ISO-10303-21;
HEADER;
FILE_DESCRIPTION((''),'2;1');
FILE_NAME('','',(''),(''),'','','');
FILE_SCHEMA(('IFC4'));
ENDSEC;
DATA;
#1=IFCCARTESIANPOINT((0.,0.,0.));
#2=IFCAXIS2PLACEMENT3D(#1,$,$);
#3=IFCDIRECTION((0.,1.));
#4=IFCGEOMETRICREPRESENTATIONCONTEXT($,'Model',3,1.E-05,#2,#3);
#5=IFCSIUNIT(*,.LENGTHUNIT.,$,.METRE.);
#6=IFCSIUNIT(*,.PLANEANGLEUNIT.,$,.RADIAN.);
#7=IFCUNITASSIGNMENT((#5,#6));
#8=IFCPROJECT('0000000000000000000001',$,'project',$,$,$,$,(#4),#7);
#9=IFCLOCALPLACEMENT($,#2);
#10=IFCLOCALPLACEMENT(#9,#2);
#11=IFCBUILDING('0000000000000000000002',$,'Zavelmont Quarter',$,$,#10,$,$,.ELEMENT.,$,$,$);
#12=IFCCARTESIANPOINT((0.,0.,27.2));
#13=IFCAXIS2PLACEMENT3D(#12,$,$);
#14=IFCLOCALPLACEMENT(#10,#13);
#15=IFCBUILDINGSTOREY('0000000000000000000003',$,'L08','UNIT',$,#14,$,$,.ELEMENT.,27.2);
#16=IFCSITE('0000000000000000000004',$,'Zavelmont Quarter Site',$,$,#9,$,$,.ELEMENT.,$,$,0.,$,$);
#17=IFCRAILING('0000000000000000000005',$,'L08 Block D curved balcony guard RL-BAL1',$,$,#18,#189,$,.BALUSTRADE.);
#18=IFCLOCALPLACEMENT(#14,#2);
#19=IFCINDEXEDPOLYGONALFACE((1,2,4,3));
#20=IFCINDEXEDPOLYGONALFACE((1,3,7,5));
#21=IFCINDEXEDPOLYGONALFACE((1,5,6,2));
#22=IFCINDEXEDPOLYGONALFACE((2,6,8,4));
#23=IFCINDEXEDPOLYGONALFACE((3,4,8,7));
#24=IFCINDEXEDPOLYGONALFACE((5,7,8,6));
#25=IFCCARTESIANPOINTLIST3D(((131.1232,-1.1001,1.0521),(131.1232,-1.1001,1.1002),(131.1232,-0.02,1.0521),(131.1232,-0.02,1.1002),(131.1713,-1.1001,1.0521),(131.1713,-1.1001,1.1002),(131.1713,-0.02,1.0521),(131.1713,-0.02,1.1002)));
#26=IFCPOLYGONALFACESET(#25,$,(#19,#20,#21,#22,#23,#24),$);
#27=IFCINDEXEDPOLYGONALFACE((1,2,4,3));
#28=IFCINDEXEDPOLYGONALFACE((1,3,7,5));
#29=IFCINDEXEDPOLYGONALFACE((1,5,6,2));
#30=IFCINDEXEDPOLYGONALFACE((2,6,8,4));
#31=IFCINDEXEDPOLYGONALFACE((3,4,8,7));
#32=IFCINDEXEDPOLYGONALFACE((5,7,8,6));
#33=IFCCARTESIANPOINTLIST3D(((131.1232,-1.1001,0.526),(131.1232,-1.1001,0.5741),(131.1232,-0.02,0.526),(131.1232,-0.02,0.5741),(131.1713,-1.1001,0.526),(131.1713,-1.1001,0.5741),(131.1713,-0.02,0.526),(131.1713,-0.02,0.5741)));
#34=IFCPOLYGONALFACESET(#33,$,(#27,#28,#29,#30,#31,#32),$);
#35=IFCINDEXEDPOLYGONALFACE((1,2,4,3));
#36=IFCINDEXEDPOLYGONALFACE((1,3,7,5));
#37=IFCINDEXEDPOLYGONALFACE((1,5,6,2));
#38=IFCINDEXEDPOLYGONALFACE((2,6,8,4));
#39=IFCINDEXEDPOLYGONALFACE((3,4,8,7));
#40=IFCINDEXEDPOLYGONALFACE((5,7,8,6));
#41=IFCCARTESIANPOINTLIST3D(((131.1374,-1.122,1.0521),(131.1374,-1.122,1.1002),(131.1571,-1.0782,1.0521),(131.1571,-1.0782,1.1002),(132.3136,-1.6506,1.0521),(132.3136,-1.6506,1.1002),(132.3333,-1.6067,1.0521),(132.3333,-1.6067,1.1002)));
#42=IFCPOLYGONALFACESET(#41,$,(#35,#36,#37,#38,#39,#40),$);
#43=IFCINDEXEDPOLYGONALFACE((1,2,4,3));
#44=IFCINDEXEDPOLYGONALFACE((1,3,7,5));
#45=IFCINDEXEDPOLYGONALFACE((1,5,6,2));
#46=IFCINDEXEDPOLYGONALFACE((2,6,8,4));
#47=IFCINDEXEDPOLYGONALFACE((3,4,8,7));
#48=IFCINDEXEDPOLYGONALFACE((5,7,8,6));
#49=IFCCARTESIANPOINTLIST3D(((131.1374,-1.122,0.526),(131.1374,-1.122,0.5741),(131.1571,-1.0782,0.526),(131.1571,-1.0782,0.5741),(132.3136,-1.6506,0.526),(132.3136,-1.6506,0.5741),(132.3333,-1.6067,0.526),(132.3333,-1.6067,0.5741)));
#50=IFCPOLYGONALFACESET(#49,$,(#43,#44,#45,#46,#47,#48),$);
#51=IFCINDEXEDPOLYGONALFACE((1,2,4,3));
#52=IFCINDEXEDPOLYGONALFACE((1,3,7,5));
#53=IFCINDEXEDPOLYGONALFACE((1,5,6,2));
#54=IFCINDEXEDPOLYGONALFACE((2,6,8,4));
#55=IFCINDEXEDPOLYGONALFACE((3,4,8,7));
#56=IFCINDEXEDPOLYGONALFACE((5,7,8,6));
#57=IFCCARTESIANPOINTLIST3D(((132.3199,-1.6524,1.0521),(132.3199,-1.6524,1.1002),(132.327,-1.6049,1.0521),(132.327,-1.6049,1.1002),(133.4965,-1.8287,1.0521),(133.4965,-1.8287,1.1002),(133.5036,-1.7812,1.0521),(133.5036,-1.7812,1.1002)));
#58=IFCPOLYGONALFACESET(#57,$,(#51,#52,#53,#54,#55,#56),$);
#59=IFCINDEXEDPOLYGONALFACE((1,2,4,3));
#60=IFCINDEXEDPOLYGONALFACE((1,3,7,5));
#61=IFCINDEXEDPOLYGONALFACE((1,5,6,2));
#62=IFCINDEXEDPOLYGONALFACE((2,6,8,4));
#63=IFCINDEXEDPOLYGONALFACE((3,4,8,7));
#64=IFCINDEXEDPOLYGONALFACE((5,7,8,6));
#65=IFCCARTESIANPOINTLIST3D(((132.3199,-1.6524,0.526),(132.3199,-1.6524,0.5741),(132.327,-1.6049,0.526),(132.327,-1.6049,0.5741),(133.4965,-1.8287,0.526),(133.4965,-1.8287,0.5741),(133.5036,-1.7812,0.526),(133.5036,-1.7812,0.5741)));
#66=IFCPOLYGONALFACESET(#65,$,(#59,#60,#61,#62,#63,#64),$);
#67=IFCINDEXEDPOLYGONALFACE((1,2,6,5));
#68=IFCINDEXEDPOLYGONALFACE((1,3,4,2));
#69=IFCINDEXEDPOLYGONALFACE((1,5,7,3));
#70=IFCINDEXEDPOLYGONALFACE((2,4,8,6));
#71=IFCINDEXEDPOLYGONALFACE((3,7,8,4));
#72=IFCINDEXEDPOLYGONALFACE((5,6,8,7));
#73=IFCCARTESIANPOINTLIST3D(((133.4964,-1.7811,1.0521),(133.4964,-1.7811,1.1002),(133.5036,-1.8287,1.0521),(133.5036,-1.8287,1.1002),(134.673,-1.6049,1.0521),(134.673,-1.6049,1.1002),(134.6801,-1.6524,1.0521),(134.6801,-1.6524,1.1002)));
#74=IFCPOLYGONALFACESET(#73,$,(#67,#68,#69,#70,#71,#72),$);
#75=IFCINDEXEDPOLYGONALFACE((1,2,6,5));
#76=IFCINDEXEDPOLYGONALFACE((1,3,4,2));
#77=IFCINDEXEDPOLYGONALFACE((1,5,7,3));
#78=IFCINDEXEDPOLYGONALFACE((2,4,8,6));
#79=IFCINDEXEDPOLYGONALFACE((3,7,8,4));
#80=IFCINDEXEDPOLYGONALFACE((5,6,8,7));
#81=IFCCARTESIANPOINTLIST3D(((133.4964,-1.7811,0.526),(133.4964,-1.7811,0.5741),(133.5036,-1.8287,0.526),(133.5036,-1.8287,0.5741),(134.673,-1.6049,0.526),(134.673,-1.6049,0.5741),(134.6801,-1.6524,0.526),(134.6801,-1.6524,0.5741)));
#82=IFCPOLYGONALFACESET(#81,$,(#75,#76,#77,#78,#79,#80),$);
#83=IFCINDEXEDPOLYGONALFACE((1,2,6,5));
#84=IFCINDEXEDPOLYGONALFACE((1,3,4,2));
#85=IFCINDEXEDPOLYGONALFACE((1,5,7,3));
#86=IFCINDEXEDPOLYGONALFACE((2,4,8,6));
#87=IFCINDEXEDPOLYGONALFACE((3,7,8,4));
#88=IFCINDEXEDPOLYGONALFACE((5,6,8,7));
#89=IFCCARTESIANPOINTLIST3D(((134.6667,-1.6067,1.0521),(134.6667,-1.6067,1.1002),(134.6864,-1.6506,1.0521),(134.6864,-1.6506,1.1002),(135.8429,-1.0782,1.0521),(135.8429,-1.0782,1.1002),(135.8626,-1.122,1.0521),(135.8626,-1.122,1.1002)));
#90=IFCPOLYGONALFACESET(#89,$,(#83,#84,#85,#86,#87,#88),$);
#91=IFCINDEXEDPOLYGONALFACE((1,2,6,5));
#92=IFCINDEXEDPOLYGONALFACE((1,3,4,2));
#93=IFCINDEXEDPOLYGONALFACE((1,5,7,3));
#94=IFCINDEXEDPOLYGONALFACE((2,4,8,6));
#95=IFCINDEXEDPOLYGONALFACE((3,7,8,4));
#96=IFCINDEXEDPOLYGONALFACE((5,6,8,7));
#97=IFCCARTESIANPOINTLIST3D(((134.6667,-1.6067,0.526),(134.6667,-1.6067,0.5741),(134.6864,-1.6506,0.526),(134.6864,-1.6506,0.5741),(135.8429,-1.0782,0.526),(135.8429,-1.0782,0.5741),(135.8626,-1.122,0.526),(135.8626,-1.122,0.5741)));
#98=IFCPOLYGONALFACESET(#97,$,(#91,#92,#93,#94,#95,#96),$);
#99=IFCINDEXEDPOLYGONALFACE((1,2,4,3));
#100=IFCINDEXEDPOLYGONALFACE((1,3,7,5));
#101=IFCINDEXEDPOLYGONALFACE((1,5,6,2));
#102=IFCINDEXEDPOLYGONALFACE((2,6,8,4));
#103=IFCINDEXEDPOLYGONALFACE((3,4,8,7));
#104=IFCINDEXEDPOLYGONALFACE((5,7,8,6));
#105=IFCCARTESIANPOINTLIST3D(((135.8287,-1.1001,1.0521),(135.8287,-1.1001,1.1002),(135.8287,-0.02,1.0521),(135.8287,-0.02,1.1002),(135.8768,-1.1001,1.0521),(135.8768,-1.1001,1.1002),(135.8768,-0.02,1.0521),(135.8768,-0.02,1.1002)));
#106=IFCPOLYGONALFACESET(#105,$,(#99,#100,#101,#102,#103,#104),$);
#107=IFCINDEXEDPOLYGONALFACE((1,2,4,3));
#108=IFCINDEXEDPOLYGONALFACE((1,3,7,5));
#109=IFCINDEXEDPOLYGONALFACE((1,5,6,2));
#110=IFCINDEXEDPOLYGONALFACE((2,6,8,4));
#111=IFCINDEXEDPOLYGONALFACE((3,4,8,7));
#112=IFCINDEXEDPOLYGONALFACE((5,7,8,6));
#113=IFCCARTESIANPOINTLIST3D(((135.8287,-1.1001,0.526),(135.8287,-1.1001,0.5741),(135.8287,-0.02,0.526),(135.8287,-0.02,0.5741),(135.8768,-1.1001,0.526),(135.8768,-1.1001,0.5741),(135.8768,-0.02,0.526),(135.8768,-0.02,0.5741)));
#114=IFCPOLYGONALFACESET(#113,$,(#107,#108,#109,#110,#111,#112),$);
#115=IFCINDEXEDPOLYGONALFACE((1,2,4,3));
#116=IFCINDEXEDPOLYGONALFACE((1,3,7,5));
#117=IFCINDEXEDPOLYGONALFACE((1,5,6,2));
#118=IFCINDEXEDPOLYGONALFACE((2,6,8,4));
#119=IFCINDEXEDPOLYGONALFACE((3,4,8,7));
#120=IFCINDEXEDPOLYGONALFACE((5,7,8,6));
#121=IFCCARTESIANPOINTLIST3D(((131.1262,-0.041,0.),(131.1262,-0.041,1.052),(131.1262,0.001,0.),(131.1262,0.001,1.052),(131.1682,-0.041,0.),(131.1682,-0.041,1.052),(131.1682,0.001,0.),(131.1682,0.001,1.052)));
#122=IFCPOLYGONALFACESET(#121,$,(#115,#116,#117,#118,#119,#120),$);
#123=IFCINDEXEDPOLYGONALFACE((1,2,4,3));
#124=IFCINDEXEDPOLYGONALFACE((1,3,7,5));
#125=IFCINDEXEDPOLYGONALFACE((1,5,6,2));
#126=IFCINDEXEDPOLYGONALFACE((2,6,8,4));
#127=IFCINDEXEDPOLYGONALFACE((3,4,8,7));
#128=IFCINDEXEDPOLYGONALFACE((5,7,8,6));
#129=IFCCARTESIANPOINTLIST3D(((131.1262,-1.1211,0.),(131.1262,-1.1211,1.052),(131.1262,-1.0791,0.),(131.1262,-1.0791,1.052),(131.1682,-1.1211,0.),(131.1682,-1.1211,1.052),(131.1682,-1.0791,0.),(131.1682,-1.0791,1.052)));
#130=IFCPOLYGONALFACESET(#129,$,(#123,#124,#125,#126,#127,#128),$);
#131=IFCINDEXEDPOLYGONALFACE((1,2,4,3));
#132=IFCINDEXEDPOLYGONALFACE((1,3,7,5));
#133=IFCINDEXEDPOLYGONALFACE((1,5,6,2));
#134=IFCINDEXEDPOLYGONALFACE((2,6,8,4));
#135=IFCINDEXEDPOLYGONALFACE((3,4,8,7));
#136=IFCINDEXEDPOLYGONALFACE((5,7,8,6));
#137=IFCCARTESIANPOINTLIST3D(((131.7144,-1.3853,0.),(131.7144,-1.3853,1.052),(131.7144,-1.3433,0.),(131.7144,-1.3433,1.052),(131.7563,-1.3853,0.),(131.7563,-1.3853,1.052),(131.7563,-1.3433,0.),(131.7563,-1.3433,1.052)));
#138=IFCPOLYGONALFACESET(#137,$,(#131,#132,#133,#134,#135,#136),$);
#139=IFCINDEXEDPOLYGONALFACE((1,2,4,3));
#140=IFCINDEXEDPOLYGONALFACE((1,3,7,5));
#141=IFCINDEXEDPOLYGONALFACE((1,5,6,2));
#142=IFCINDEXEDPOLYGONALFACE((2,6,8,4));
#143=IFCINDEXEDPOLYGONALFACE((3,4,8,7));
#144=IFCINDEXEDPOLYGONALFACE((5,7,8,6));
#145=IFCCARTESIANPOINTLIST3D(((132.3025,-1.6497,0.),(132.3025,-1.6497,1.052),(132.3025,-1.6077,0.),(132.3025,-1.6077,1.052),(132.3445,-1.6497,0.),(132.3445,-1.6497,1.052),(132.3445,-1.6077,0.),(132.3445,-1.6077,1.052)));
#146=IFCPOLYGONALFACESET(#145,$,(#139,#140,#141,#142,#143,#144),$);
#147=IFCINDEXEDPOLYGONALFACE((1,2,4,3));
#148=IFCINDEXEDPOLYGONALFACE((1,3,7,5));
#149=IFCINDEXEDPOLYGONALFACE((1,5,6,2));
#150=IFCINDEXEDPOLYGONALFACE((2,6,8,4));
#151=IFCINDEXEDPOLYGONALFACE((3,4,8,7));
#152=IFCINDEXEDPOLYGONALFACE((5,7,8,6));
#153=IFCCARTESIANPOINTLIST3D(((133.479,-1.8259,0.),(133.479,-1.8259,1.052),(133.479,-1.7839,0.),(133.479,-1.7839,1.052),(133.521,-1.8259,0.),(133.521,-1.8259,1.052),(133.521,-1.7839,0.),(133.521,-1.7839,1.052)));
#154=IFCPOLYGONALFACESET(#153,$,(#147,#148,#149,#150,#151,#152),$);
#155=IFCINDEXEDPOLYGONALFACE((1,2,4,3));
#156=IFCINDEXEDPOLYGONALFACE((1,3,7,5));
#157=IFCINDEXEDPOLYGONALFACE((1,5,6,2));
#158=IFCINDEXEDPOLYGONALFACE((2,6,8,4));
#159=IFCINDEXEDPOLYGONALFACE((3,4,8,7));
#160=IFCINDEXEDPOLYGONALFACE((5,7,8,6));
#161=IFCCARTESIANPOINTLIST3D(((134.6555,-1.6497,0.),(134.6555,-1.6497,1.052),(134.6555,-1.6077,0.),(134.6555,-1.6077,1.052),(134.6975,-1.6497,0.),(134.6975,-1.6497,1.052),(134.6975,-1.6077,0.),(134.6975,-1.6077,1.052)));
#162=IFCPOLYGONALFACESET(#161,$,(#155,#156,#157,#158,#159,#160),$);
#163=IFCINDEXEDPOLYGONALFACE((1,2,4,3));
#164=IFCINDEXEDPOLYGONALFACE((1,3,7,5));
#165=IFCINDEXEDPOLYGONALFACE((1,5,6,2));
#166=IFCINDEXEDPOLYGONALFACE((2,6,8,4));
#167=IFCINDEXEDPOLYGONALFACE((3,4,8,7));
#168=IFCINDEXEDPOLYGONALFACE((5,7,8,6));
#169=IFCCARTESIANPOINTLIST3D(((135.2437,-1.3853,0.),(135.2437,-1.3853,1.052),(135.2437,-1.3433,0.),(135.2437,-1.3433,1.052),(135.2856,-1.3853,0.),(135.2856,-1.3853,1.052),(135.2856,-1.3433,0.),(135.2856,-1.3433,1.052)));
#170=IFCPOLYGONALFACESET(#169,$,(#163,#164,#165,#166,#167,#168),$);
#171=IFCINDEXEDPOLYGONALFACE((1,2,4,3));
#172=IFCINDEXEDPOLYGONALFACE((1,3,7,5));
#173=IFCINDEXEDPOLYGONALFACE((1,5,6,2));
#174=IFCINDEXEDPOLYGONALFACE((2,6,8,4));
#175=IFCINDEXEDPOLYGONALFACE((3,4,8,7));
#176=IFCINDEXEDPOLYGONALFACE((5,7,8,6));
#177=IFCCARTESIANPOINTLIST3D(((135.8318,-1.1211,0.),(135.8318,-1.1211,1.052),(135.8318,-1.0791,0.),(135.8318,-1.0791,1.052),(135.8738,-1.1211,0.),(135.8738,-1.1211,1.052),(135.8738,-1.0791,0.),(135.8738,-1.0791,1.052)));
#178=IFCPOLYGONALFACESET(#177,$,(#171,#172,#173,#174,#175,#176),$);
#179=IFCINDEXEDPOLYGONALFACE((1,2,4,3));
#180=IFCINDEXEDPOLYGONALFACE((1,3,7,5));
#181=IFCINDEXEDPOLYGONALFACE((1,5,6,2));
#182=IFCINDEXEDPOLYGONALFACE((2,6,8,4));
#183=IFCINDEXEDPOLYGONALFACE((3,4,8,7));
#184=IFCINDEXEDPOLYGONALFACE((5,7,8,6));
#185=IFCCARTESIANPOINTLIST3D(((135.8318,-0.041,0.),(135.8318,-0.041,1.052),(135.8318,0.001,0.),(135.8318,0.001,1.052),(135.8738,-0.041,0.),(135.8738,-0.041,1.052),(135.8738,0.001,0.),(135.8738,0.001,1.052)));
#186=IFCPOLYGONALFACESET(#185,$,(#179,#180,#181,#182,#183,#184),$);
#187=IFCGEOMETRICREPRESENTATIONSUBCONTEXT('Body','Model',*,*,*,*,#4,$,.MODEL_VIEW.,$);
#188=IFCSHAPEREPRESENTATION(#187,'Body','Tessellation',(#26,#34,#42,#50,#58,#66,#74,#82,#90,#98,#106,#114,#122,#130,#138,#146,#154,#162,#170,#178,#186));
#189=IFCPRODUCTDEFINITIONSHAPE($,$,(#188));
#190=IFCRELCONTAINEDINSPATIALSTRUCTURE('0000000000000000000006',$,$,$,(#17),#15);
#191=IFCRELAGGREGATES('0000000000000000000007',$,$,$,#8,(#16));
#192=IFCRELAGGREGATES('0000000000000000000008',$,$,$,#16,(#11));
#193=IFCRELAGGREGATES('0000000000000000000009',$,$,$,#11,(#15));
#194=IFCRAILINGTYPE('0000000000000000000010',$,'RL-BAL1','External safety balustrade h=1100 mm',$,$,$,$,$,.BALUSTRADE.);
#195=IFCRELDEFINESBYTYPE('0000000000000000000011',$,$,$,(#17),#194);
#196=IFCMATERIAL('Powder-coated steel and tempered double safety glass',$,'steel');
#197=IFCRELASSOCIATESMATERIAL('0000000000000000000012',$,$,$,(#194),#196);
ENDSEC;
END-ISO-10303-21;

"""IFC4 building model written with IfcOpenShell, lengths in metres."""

from ifc_helpers import new_model, si_unit, direction, frame, origin, origin_2d, place, context, subcontext, project, spatial, rectangle, extrude, material, type_object, element, save


model = new_model("IFC4")

# Units and contexts
model_context = context("Model", 3, precision=1e-05, world=origin(), true_north=direction((0.0, 1.0)))
body_context = subcontext(model_context, "Body", "Model", "MODEL_VIEW")
ifc_project = project(units=[si_unit("LENGTHUNIT", "METRE"), si_unit("PLANEANGLEUNIT", "RADIAN")], contexts=[model_context])

# Site, building, storey
site_placement = place(None, origin())
site = spatial("IfcSite", under=ifc_project, at=site_placement, Name="Zavelmont Quarter Site", CompositionType="ELEMENT", RefElevation=0.0)
building_placement = place(site_placement, origin())
building = spatial("IfcBuilding", under=site, at=building_placement, Name="Zavelmont Quarter", CompositionType="ELEMENT")
storey_placement = place(building_placement, frame((0.0, 0.0, 27.2)))
storey = spatial("IfcBuildingStorey", under=building, at=storey_placement, Name="L08", Description="UNIT", CompositionType="ELEMENT", Elevation=27.2)

# Railing
ifc_material_1 = material(Name="Powder-coated steel and tempered double safety glass", Category="steel")
railing_type = type_object("IfcRailingType", Name="RL-BAL1", Description="External safety balustrade h=1100 mm", PredefinedType="BALUSTRADE", material=ifc_material_1)
railing_placement = place(storey_placement, frame((131.1472, -0.02, 0.0)))
element("IfcRailing", 1, at=railing_placement, inside=storey, type_object=railing_type, Name="L08 Block D curved balcony guard RL-BAL1", PredefinedType="BALUSTRADE", context=body_context, shape_type="SweptSolid", body=[
    extrude(rectangle(XDim=0.0481, YDim=0.0481, at=origin_2d()), frame((0.0, 0.0, 1.0762), z_axis=(0.0, -1.0, 0.0), x_axis=(1.0, 0.0, 0.0)), (0.0, 0.0, 1.0), 1.0801),
    extrude(rectangle(XDim=0.0481, YDim=0.0481, at=origin_2d()), frame((0.0, 0.0, 0.55), z_axis=(0.0, -1.0, 0.0), x_axis=(1.0, 0.0, 0.0)), (0.0, 0.0, 1.0), 1.0801),
    extrude(rectangle(XDim=0.0481, YDim=0.0481, at=origin_2d()), frame((0.0, -1.0801, 1.0762), z_axis=(0.912141, -0.409877, 0.0), x_axis=(0.409877, 0.912141, 0.0)), (0.0, 0.0, 1.0), 1.2896),
    extrude(rectangle(XDim=0.0481, YDim=0.0481, at=origin_2d()), frame((0.0, -1.0801, 0.55), z_axis=(0.912141, -0.409877, 0.0), x_axis=(0.409877, 0.912141, 0.0)), (0.0, 0.0, 1.0), 1.2896),
    extrude(rectangle(XDim=0.0481, YDim=0.0481, at=origin_2d()), frame((1.1763, -1.6086, 1.0762), z_axis=(0.988962, -0.14817, 0.0), x_axis=(0.14817, 0.988962, 0.0)), (0.0, 0.0, 1.0), 1.1897),
    extrude(rectangle(XDim=0.0481, YDim=0.0481, at=origin_2d()), frame((1.1763, -1.6086, 0.55), z_axis=(0.988962, -0.14817, 0.0), x_axis=(0.14817, 0.988962, 0.0)), (0.0, 0.0, 1.0), 1.1897),
    extrude(rectangle(XDim=0.0481, YDim=0.0481, at=origin_2d()), frame((2.3528, -1.7849, 1.0762), z_axis=(0.988962, 0.14817, 0.0), x_axis=(-0.14817, 0.988962, 0.0)), (0.0, 0.0, 1.0), 1.1897),
    extrude(rectangle(XDim=0.0481, YDim=0.0481, at=origin_2d()), frame((2.3528, -1.7849, 0.55), z_axis=(0.988962, 0.14817, 0.0), x_axis=(-0.14817, 0.988962, 0.0)), (0.0, 0.0, 1.0), 1.1897),
    extrude(rectangle(XDim=0.0481, YDim=0.0481, at=origin_2d()), frame((3.5293, -1.6086, 1.0762), z_axis=(0.912141, 0.409877, 0.0), x_axis=(-0.409877, 0.912141, 0.0)), (0.0, 0.0, 1.0), 1.2896),
    extrude(rectangle(XDim=0.0481, YDim=0.0481, at=origin_2d()), frame((3.5293, -1.6086, 0.55), z_axis=(0.912141, 0.409877, 0.0), x_axis=(-0.409877, 0.912141, 0.0)), (0.0, 0.0, 1.0), 1.2896),
    extrude(rectangle(XDim=0.0481, YDim=0.0481, at=origin_2d()), frame((4.7056, -1.0801, 1.0762), z_axis=(0.0, 1.0, 0.0), x_axis=(-1.0, 0.0, 0.0)), (0.0, 0.0, 1.0), 1.0801),
    extrude(rectangle(XDim=0.0481, YDim=0.0481, at=origin_2d()), frame((4.7056, -1.0801, 0.55), z_axis=(0.0, 1.0, 0.0), x_axis=(-1.0, 0.0, 0.0)), (0.0, 0.0, 1.0), 1.0801),
    extrude(rectangle(XDim=0.042, YDim=0.042, at=origin_2d()), origin(), (0.0, 0.0, 1.0), 1.052),
    extrude(rectangle(XDim=0.042, YDim=0.042, at=origin_2d()), frame((0.0, -1.0801, 0.0)), (0.0, 0.0, 1.0), 1.052),
    extrude(rectangle(XDim=0.042, YDim=0.042, at=origin_2d()), frame((0.5881, -1.3442, 0.0)), (0.0, 0.0, 1.0), 1.052),
    extrude(rectangle(XDim=0.042, YDim=0.042, at=origin_2d()), frame((1.1763, -1.6086, 0.0)), (0.0, 0.0, 1.0), 1.052),
    extrude(rectangle(XDim=0.042, YDim=0.042, at=origin_2d()), frame((2.3528, -1.7849, 0.0)), (0.0, 0.0, 1.0), 1.052),
    extrude(rectangle(XDim=0.042, YDim=0.042, at=origin_2d()), frame((3.5293, -1.6086, 0.0)), (0.0, 0.0, 1.0), 1.052),
    extrude(rectangle(XDim=0.042, YDim=0.042, at=origin_2d()), frame((4.1174, -1.3442, 0.0)), (0.0, 0.0, 1.0), 1.052),
    extrude(rectangle(XDim=0.042, YDim=0.042, at=origin_2d()), frame((4.7056, -1.0801, 0.0)), (0.0, 0.0, 1.0), 1.052),
    extrude(rectangle(XDim=0.042, YDim=0.042, at=origin_2d()), frame((4.7056, 0.0, 0.0)), (0.0, 0.0, 1.0), 1.052),
])

save(model, "model.ifc")
